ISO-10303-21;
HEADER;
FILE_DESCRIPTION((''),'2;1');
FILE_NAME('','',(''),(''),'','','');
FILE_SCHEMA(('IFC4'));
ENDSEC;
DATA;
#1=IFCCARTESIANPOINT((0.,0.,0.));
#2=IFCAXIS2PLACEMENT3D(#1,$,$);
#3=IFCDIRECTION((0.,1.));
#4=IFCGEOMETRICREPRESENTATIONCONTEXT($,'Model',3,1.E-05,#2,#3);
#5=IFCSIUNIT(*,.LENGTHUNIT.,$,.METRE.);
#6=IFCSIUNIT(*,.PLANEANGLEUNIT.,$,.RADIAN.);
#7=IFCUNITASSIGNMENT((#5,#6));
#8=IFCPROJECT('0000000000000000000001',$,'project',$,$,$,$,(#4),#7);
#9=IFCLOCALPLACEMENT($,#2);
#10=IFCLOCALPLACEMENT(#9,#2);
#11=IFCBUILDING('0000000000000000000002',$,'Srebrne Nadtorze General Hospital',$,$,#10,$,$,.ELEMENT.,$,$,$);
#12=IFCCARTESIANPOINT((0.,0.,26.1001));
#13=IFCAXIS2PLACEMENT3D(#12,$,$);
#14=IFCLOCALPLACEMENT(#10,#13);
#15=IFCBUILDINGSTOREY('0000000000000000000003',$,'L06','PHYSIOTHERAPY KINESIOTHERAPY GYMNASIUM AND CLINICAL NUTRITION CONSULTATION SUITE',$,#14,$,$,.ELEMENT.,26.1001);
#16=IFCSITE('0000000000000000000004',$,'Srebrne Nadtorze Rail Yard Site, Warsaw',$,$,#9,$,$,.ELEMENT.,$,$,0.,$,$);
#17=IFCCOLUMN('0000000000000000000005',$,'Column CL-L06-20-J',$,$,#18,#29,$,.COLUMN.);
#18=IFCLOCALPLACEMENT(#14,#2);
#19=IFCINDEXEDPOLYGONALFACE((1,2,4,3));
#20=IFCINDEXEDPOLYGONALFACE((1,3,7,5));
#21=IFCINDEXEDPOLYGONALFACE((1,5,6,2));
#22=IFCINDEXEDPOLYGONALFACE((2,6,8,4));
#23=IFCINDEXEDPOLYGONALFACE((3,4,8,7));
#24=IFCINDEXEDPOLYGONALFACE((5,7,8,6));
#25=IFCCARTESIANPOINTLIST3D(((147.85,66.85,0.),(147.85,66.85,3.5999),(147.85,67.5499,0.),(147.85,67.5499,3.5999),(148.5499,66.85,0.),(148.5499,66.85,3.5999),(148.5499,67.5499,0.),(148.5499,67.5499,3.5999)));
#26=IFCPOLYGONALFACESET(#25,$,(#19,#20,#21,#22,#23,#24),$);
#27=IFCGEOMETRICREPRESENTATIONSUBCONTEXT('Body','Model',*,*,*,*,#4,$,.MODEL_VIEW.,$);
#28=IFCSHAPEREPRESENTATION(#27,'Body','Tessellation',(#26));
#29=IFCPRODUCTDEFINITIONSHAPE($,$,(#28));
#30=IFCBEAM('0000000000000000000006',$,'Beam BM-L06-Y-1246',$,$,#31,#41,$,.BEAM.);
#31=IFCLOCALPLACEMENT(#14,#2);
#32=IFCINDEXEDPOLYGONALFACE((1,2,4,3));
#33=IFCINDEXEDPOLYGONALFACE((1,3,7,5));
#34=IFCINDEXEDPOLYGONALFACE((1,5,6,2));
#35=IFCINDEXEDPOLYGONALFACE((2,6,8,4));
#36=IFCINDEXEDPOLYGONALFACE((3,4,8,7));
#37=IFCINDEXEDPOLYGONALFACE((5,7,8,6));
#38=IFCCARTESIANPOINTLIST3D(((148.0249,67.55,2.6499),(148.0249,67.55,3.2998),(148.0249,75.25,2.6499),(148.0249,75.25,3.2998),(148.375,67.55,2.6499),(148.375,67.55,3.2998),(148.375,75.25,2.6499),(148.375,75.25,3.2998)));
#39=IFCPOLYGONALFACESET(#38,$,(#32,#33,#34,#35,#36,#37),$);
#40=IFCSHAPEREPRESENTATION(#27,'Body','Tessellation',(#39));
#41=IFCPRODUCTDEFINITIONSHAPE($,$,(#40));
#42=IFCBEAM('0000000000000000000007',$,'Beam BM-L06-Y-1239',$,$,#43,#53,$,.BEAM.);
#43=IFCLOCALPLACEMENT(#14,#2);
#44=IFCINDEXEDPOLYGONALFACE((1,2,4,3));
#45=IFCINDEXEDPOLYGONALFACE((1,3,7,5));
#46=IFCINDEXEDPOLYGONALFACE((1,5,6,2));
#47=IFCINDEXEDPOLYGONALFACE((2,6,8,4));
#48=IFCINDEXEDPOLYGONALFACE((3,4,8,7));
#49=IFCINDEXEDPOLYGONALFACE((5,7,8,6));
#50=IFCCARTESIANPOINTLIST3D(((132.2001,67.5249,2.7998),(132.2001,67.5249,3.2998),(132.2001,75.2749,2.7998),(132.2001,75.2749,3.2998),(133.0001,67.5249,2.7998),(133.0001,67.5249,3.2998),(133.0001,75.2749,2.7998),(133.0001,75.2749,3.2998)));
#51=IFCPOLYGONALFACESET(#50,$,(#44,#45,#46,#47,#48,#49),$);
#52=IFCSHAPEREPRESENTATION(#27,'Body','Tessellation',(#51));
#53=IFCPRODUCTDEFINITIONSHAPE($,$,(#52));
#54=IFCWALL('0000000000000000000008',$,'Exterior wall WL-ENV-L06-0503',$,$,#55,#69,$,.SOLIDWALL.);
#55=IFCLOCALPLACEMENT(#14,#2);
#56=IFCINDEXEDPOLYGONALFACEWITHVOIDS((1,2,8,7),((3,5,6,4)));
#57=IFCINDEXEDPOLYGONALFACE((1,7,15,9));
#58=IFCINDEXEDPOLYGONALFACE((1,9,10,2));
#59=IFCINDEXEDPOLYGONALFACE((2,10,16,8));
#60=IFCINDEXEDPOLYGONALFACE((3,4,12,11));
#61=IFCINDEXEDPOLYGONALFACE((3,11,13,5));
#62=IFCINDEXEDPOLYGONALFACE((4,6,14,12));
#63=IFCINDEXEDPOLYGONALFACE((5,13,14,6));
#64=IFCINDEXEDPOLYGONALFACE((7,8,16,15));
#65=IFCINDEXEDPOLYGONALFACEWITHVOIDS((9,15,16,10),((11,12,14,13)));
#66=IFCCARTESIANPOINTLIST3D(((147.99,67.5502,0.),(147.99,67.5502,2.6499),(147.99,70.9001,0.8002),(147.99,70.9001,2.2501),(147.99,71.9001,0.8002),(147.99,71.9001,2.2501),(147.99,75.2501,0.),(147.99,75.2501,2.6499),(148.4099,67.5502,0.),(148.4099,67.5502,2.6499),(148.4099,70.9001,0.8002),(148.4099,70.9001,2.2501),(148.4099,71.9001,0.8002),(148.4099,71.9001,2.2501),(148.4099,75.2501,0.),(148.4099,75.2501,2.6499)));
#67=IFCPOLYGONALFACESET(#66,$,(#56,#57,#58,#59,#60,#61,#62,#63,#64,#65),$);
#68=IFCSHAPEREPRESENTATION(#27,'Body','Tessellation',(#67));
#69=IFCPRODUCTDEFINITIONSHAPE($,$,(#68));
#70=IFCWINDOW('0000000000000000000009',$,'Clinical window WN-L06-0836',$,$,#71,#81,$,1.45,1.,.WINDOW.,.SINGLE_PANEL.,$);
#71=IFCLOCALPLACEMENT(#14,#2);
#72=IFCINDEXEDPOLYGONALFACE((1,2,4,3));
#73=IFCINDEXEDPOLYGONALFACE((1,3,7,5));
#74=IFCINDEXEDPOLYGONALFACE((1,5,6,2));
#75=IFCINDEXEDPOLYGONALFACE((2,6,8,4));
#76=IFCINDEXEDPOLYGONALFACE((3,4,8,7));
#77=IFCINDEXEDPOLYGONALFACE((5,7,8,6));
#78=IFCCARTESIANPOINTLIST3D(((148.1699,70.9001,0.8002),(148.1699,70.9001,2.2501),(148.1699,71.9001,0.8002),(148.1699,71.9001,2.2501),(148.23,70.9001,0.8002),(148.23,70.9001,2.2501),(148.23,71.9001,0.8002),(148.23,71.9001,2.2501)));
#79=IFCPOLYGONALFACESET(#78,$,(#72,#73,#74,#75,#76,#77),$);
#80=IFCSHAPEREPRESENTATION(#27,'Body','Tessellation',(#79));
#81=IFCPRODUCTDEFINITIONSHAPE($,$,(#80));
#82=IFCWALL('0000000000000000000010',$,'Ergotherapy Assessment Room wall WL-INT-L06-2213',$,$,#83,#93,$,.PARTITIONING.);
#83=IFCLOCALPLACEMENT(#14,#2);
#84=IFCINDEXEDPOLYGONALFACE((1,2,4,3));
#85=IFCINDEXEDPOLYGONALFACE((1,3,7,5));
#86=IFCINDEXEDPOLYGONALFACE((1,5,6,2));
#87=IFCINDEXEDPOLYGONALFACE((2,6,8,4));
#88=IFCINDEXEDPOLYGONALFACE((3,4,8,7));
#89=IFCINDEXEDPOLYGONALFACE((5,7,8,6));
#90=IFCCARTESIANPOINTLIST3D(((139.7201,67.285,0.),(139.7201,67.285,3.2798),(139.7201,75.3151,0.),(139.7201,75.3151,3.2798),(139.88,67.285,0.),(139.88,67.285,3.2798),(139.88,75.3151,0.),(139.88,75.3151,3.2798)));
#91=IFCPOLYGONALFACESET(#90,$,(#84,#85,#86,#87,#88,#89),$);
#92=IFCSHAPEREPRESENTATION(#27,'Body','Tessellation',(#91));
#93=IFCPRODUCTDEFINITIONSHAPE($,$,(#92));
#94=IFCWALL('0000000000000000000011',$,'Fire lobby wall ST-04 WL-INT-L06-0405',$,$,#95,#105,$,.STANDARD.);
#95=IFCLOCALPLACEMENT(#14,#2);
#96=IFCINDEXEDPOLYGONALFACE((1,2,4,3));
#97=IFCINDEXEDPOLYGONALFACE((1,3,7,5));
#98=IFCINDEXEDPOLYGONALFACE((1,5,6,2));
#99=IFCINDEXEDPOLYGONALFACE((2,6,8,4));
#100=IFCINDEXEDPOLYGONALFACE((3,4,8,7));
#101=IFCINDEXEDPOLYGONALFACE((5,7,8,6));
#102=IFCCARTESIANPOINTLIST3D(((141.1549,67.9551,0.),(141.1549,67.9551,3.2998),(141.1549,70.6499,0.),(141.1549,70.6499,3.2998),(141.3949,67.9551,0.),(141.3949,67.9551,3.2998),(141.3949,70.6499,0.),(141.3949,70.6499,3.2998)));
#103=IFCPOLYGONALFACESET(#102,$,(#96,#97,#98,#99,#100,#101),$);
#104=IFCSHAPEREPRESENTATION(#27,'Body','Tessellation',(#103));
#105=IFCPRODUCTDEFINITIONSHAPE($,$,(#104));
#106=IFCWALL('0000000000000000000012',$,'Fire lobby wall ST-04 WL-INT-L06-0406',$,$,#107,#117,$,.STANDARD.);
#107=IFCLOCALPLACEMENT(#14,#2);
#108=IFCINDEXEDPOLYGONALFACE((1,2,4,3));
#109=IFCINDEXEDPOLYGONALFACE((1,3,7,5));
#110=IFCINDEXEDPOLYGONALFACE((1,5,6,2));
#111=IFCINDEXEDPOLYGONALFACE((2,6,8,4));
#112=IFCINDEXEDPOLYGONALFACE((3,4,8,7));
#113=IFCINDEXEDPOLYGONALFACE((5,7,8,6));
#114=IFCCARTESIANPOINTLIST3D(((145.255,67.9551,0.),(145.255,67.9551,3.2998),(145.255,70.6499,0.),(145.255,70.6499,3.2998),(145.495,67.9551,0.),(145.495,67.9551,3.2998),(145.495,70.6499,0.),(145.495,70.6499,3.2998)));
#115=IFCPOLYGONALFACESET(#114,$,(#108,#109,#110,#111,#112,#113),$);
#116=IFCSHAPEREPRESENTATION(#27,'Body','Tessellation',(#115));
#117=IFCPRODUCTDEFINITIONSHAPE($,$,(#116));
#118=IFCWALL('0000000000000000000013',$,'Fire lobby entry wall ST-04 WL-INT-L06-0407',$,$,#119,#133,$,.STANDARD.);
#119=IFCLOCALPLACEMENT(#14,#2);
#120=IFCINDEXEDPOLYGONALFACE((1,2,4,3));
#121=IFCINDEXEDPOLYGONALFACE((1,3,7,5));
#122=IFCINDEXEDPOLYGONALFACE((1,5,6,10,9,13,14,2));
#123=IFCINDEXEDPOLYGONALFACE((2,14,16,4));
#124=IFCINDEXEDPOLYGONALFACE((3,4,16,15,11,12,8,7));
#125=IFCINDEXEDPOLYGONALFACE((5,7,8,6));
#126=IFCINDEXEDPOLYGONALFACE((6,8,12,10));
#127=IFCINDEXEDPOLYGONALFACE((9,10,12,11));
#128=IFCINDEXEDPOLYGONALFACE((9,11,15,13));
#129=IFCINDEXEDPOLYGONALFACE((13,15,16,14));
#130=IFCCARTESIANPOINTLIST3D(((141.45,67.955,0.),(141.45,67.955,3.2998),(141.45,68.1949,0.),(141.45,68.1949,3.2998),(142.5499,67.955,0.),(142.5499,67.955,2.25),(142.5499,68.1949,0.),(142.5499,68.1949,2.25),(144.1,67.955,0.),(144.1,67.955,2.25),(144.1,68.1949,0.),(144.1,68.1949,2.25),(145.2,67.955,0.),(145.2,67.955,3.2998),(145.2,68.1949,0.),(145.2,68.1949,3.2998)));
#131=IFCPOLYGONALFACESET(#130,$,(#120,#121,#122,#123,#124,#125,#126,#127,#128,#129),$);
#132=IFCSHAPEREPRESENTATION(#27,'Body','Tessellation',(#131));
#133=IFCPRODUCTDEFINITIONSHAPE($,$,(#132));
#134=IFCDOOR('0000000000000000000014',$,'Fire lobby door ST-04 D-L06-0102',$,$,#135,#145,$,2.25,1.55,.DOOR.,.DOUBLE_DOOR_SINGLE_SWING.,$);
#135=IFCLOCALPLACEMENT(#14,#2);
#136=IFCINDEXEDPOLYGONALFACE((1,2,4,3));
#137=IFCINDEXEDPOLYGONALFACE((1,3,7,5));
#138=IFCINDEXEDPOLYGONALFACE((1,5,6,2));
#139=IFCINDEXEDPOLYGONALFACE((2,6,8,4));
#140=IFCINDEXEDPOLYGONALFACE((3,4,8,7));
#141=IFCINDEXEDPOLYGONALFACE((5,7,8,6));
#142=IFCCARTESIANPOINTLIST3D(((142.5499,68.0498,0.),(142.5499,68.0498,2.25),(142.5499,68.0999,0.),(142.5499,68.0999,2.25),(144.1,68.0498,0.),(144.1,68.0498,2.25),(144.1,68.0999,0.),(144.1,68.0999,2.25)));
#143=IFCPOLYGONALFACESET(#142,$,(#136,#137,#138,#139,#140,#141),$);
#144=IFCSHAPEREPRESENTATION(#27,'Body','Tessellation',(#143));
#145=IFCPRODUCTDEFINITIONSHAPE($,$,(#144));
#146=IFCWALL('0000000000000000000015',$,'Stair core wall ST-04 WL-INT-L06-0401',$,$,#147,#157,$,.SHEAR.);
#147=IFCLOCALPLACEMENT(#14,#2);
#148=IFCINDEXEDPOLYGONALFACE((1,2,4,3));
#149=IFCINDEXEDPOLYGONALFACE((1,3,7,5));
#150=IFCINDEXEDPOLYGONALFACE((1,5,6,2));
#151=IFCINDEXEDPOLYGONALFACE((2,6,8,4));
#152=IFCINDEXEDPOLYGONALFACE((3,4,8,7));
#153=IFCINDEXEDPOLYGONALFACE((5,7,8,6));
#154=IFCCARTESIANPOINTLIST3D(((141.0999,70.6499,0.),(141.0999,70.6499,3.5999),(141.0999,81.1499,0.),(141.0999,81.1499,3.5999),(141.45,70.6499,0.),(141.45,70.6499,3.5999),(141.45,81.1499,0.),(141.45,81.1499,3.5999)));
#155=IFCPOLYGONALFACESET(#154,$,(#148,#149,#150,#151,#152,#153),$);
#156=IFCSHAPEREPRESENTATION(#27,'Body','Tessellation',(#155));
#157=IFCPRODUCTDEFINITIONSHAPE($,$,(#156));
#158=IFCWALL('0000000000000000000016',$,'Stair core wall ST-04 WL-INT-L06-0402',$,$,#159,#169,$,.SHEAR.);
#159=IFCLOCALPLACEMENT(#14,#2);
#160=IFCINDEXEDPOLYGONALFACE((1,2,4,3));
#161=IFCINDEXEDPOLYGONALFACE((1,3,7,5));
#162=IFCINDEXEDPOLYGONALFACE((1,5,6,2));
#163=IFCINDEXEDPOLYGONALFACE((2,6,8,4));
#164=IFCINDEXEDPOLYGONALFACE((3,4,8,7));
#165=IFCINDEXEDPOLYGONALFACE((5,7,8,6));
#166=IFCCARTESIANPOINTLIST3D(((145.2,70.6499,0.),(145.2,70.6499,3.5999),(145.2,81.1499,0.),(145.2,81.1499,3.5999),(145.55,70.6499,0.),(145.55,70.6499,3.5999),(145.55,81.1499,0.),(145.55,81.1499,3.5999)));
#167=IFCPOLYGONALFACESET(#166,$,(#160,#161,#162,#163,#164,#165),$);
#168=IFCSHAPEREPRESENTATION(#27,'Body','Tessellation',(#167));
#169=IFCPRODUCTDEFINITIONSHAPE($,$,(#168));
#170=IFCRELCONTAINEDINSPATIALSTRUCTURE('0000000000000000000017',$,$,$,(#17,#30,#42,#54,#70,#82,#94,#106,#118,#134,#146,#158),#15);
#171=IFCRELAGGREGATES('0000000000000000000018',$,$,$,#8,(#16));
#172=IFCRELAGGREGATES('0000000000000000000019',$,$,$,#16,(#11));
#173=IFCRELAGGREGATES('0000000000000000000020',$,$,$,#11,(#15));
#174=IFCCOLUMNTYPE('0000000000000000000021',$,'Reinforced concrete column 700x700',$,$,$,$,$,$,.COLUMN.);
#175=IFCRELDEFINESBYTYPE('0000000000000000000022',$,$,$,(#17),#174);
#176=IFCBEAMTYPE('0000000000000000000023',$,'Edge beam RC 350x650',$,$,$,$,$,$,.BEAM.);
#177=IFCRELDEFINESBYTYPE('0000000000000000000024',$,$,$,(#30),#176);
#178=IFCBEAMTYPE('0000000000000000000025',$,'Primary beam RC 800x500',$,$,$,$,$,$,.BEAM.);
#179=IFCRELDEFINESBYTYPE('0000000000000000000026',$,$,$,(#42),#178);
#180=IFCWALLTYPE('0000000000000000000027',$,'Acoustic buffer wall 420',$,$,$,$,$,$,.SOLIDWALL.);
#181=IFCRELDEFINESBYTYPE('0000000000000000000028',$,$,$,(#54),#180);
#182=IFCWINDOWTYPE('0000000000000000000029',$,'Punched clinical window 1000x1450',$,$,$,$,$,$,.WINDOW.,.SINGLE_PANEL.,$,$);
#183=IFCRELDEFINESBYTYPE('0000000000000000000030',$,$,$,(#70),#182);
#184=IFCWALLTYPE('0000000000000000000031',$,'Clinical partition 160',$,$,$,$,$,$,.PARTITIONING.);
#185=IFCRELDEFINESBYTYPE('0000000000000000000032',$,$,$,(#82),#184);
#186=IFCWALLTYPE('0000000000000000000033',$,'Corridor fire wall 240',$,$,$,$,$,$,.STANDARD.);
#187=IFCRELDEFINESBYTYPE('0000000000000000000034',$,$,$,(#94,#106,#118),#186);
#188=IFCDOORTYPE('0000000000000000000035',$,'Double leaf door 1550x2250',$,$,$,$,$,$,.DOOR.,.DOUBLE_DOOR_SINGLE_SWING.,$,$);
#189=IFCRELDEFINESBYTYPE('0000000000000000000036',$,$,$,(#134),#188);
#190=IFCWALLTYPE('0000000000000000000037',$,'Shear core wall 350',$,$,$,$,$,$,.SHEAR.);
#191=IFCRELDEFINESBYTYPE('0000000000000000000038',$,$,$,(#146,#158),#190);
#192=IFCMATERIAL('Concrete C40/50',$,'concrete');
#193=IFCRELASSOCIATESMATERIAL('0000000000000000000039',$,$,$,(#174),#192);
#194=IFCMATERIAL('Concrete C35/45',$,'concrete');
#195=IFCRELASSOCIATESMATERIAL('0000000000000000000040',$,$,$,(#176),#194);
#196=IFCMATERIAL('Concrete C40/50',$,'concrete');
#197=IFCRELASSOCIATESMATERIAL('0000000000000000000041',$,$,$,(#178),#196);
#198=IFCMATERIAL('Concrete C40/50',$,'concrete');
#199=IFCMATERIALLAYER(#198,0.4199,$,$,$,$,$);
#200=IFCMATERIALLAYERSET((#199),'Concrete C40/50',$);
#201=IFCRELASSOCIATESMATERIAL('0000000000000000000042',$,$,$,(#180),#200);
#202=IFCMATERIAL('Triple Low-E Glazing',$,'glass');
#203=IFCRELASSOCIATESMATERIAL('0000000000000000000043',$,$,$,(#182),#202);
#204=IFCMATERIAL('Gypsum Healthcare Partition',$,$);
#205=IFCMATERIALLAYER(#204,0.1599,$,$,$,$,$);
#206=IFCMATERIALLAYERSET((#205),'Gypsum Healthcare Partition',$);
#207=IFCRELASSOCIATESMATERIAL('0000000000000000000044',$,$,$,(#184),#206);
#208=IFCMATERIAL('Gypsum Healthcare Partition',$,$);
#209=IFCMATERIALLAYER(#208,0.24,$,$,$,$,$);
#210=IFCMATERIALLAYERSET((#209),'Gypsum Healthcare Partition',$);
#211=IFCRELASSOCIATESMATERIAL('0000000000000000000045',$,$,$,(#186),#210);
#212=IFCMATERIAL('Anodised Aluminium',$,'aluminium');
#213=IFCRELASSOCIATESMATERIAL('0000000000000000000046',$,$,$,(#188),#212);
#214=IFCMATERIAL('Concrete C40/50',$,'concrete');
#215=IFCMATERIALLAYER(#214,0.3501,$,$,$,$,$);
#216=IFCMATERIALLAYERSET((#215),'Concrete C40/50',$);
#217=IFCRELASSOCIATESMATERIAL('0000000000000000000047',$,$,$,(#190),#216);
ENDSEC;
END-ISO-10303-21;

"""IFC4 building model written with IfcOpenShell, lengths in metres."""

from ifc_helpers import new_model, si_unit, direction, frame, frame_2d, origin, origin_2d, place, context, subcontext, project, spatial, rectangle, extrude, material, layer, layer_set, material_profile, profile_set, type_object, element, fill, save


model = new_model("IFC4")

# Units and contexts
model_context = context("Model", 3, precision=1e-05, world=origin(), true_north=direction((0.0, 1.0)))
body_context = subcontext(model_context, "Body", "Model", "MODEL_VIEW")
ifc_project = project(units=[si_unit("LENGTHUNIT", "METRE"), si_unit("PLANEANGLEUNIT", "RADIAN")], contexts=[model_context])

# Site, building, storey
site_placement = place(None, origin())
site = spatial("IfcSite", under=ifc_project, at=site_placement, Name="Srebrne Nadtorze Rail Yard Site, Warsaw", CompositionType="ELEMENT", RefElevation=0.0)
building_placement = place(site_placement, origin())
building = spatial("IfcBuilding", under=site, at=building_placement, Name="Srebrne Nadtorze General Hospital", CompositionType="ELEMENT")
storey_placement = place(building_placement, frame((0.0, 0.0, 26.1001)))
storey = spatial("IfcBuildingStorey", under=building, at=storey_placement, Name="L06", Description="PHYSIOTHERAPY KINESIOTHERAPY GYMNASIUM AND CLINICAL NUTRITION CONSULTATION SUITE", CompositionType="ELEMENT", Elevation=26.1001)

# Column
ifc_material_1 = material(Name="Concrete C40/50", Category="concrete")
ifc_material_profile_1 = material_profile(ifc_material_1, rectangle(XDim=0.7, YDim=0.7, at=origin_2d()), Name="RC-COL-700x700")
ifc_profile_set_1 = profile_set([ifc_material_profile_1], Name="Concrete C40/50")
column_type = type_object("IfcColumnType", Name="Reinforced concrete column 700x700", PredefinedType="COLUMN", material=ifc_profile_set_1)
column_placement = place(storey_placement, frame((148.2, 67.2, 0.0), z_axis=(0.0, 0.0, 1.0), x_axis=(1.0, 0.0, 0.0)))
element("IfcColumn", 1, at=column_placement, inside=storey, type_object=column_type, Name="Column CL-L06-20-J", PredefinedType="COLUMN", context=body_context, shape_type="SweptSolid", body=[
    extrude(rectangle(XDim=0.7, YDim=0.7, at=origin_2d()), origin(), (0.0, 0.0, 1.0), 3.5999),
])

# Beams
ifc_material_2 = material(Name="Concrete C35/45", Category="concrete")
ifc_material_profile_2 = material_profile(ifc_material_2, rectangle(XDim=0.3501, YDim=0.6499, at=origin_2d()), Name="RC-BM-350x650")
ifc_profile_set_2 = profile_set([ifc_material_profile_2], Name="Concrete C35/45")
beam_type_1 = type_object("IfcBeamType", Name="Edge beam RC 350x650", PredefinedType="BEAM", material=ifc_profile_set_2)
beam_1_placement = place(storey_placement, frame((148.2, 67.55, 2.9749), z_axis=(0.0, 1.0, 0.0), x_axis=(-1.0, 0.0, 0.0)))
element("IfcBeam", 2, at=beam_1_placement, inside=storey, type_object=beam_type_1, Name="Beam BM-L06-Y-1246", PredefinedType="BEAM", context=body_context, shape_type="SweptSolid", body=[
    extrude(rectangle(XDim=0.3501, YDim=0.6499, at=origin_2d()), origin(), (0.0, 0.0, 1.0), 7.7),
])
ifc_material_3 = material(Name="Concrete C40/50", Category="concrete")
ifc_material_profile_3 = material_profile(ifc_material_3, rectangle(XDim=0.8, YDim=0.5, at=origin_2d()), Name="RC-BM-800x500")
ifc_profile_set_3 = profile_set([ifc_material_profile_3], Name="Concrete C40/50")
beam_type_2 = type_object("IfcBeamType", Name="Primary beam RC 800x500", PredefinedType="BEAM", material=ifc_profile_set_3)
beam_2_placement = place(storey_placement, frame((132.6001, 67.5249, 3.0498), z_axis=(0.0, 1.0, 0.0), x_axis=(-1.0, 0.0, 0.0)))
element("IfcBeam", 3, at=beam_2_placement, inside=storey, type_object=beam_type_2, Name="Beam BM-L06-Y-1239", PredefinedType="BEAM", context=body_context, shape_type="SweptSolid", body=[
    extrude(rectangle(XDim=0.8, YDim=0.5, at=origin_2d()), origin(), (0.0, 0.0, 1.0), 7.75),
])

# Wall, opening, window
ifc_material_4 = material(Name="Concrete C40/50", Category="concrete")
ifc_layer_1 = layer(ifc_material_4, 0.4199)
ifc_layer_set_1 = layer_set([ifc_layer_1], Name="Concrete C40/50")
wall_type_1 = type_object("IfcWallType", Name="Acoustic buffer wall 420", PredefinedType="SOLIDWALL", material=ifc_layer_set_1)
wall_1_placement = place(storey_placement, frame((148.2, 67.55, 0.0), z_axis=(0.0, 0.0, 1.0), x_axis=(0.0, 1.0, 0.0)))
wall_1 = element("IfcWall", 4, at=wall_1_placement, inside=storey, type_object=wall_type_1, Name="Exterior wall WL-ENV-L06-0503", PredefinedType="SOLIDWALL", context=body_context, shape_type="SweptSolid", body=[
    extrude(rectangle(XDim=7.7, YDim=0.4199, at=frame_2d((3.8501, 0.0))), origin(), (0.0, 0.0, 1.0), 2.6499),
])
opening_1_placement = place(wall_1_placement, frame((3.3501, 0.0, 0.8)))
opening_1 = element("IfcOpeningElement", 5, at=opening_1_placement, cuts=wall_1, PredefinedType="OPENING", context=body_context, shape_type="SweptSolid", body=[
    extrude(rectangle(XDim=1.0, YDim=1.45, at=frame_2d((0.5, 0.7251))), frame((0.0, 0.2219, 0.0), z_axis=(0.0, -1.0, 0.0), x_axis=(1.0, 0.0, 0.0)), (0.0, 0.0, 1.0), 0.4438),
])
ifc_material_5 = material(Name="Triple Low-E Glazing", Category="glass")
window_type = type_object("IfcWindowType", Name="Punched clinical window 1000x1450", PartitioningType="SINGLE_PANEL", PredefinedType="WINDOW", material=ifc_material_5)
window_placement = place(opening_1_placement, origin())
window = element("IfcWindow", 6, at=window_placement, inside=storey, type_object=window_type, Name="Clinical window WN-L06-0836", OverallHeight=1.45, OverallWidth=1.0, PartitioningType="SINGLE_PANEL", PredefinedType="WINDOW", context=body_context, shape_type="SweptSolid", body=[
    extrude(rectangle(XDim=1.0, YDim=1.45, at=frame_2d((0.5, 0.7251))), frame((0.0, 0.03, 0.0), z_axis=(0.0, -1.0, 0.0), x_axis=(1.0, 0.0, 0.0)), (0.0, 0.0, 1.0), 0.0601),
])
fill(opening_1, window)

# Walls
ifc_material_6 = material(Name="Gypsum Healthcare Partition")
ifc_layer_2 = layer(ifc_material_6, 0.1599)
ifc_layer_set_2 = layer_set([ifc_layer_2], Name="Gypsum Healthcare Partition")
wall_type_2 = type_object("IfcWallType", Name="Clinical partition 160", PredefinedType="PARTITIONING", material=ifc_layer_set_2)
wall_2_placement = place(storey_placement, frame((139.8, 67.2849, 0.0), z_axis=(0.0, 0.0, 1.0), x_axis=(0.0, 1.0, 0.0)))
element("IfcWall", 7, at=wall_2_placement, inside=storey, type_object=wall_type_2, Name="Ergotherapy Assessment Room wall WL-INT-L06-2213", PredefinedType="PARTITIONING", context=body_context, shape_type="SweptSolid", body=[
    extrude(rectangle(XDim=8.03, YDim=0.1599, at=frame_2d((4.0151, 0.0))), origin(), (0.0, 0.0, 1.0), 3.2798),
])
ifc_material_7 = material(Name="Gypsum Healthcare Partition")
ifc_layer_3 = layer(ifc_material_7, 0.24)
ifc_layer_set_3 = layer_set([ifc_layer_3], Name="Gypsum Healthcare Partition")
wall_type_3 = type_object("IfcWallType", Name="Corridor fire wall 240", PredefinedType="STANDARD", material=ifc_layer_set_3)
for number, where, z_axis, x_axis, name in (
    (8, (141.2749, 67.9551, 0.0), (0.0, 0.0, 1.0), (0.0, 1.0, 0.0), "Fire lobby wall ST-04 WL-INT-L06-0405"),
    (9, (145.375, 67.9551, 0.0), (0.0, 0.0, 1.0), (0.0, 1.0, 0.0), "Fire lobby wall ST-04 WL-INT-L06-0406"),
):
    element("IfcWall", number, at=place(storey_placement, frame(where, z_axis=z_axis, x_axis=x_axis)), inside=storey, type_object=wall_type_3, Name=name, PredefinedType="STANDARD", context=body_context, shape_type="SweptSolid", body=[
        extrude(rectangle(XDim=2.6948, YDim=0.24, at=frame_2d((1.3474, 0.0))), origin(), (0.0, 0.0, 1.0), 3.2998),
    ])

# Wall, opening, door
wall_3_placement = place(storey_placement, frame((141.45, 68.075, 0.0), z_axis=(0.0, 0.0, 1.0), x_axis=(1.0, 0.0, 0.0)))
wall_3 = element("IfcWall", 10, at=wall_3_placement, inside=storey, type_object=wall_type_3, Name="Fire lobby entry wall ST-04 WL-INT-L06-0407", PredefinedType="STANDARD", context=body_context, shape_type="SweptSolid", body=[
    extrude(rectangle(XDim=3.75, YDim=0.24, at=frame_2d((1.875, 0.0))), origin(), (0.0, 0.0, 1.0), 3.2998),
])
opening_2_placement = place(wall_3_placement, frame((1.1001, 0.0, 0.0)))
opening_2 = element("IfcOpeningElement", 11, at=opening_2_placement, cuts=wall_3, PredefinedType="OPENING", context=body_context, shape_type="SweptSolid", body=[
    extrude(rectangle(XDim=1.55, YDim=2.25, at=frame_2d((0.7749, 1.125))), frame((0.0, 0.1318, 0.0), z_axis=(0.0, -1.0, 0.0), x_axis=(1.0, 0.0, 0.0)), (0.0, 0.0, 1.0), 0.2639),
])
ifc_material_8 = material(Name="Anodised Aluminium", Category="aluminium")
door_type = type_object("IfcDoorType", Name="Double leaf door 1550x2250", OperationType="DOUBLE_DOOR_SINGLE_SWING", PredefinedType="DOOR", material=ifc_material_8)
door_1_placement = place(opening_2_placement, origin())
door_1 = element("IfcDoor", 12, at=door_1_placement, inside=storey, type_object=door_type, Name="Fire lobby door ST-04 D-L06-0102", OperationType="DOUBLE_DOOR_SINGLE_SWING", OverallHeight=2.25, OverallWidth=1.55, PredefinedType="DOOR", context=body_context, shape_type="SweptSolid", body=[
    extrude(rectangle(XDim=1.55, YDim=2.25, at=frame_2d((0.7749, 1.125))), frame((0.0, 0.0249, 0.0), z_axis=(0.0, -1.0, 0.0), x_axis=(1.0, 0.0, 0.0)), (0.0, 0.0, 1.0), 0.05),
])
fill(opening_2, door_1)

# Walls
ifc_material_9 = material(Name="Concrete C40/50", Category="concrete")
ifc_layer_4 = layer(ifc_material_9, 0.3501)
ifc_layer_set_4 = layer_set([ifc_layer_4], Name="Concrete C40/50")
wall_type_4 = type_object("IfcWallType", Name="Shear core wall 350", PredefinedType="SHEAR", material=ifc_layer_set_4)
for number, where, z_axis, x_axis, name in (
    (13, (141.2749, 70.6499, 0.0), (0.0, 0.0, 1.0), (0.0, 1.0, 0.0), "Stair core wall ST-04 WL-INT-L06-0401"),
    (14, (145.375, 70.6499, 0.0), (0.0, 0.0, 1.0), (0.0, 1.0, 0.0), "Stair core wall ST-04 WL-INT-L06-0402"),
):
    element("IfcWall", number, at=place(storey_placement, frame(where, z_axis=z_axis, x_axis=x_axis)), inside=storey, type_object=wall_type_4, Name=name, PredefinedType="SHEAR", context=body_context, shape_type="SweptSolid", body=[
        extrude(rectangle(XDim=10.5, YDim=0.3501, at=frame_2d((5.25, 0.0))), origin(), (0.0, 0.0, 1.0), 3.5999),
    ])

save(model, "model.ifc")
